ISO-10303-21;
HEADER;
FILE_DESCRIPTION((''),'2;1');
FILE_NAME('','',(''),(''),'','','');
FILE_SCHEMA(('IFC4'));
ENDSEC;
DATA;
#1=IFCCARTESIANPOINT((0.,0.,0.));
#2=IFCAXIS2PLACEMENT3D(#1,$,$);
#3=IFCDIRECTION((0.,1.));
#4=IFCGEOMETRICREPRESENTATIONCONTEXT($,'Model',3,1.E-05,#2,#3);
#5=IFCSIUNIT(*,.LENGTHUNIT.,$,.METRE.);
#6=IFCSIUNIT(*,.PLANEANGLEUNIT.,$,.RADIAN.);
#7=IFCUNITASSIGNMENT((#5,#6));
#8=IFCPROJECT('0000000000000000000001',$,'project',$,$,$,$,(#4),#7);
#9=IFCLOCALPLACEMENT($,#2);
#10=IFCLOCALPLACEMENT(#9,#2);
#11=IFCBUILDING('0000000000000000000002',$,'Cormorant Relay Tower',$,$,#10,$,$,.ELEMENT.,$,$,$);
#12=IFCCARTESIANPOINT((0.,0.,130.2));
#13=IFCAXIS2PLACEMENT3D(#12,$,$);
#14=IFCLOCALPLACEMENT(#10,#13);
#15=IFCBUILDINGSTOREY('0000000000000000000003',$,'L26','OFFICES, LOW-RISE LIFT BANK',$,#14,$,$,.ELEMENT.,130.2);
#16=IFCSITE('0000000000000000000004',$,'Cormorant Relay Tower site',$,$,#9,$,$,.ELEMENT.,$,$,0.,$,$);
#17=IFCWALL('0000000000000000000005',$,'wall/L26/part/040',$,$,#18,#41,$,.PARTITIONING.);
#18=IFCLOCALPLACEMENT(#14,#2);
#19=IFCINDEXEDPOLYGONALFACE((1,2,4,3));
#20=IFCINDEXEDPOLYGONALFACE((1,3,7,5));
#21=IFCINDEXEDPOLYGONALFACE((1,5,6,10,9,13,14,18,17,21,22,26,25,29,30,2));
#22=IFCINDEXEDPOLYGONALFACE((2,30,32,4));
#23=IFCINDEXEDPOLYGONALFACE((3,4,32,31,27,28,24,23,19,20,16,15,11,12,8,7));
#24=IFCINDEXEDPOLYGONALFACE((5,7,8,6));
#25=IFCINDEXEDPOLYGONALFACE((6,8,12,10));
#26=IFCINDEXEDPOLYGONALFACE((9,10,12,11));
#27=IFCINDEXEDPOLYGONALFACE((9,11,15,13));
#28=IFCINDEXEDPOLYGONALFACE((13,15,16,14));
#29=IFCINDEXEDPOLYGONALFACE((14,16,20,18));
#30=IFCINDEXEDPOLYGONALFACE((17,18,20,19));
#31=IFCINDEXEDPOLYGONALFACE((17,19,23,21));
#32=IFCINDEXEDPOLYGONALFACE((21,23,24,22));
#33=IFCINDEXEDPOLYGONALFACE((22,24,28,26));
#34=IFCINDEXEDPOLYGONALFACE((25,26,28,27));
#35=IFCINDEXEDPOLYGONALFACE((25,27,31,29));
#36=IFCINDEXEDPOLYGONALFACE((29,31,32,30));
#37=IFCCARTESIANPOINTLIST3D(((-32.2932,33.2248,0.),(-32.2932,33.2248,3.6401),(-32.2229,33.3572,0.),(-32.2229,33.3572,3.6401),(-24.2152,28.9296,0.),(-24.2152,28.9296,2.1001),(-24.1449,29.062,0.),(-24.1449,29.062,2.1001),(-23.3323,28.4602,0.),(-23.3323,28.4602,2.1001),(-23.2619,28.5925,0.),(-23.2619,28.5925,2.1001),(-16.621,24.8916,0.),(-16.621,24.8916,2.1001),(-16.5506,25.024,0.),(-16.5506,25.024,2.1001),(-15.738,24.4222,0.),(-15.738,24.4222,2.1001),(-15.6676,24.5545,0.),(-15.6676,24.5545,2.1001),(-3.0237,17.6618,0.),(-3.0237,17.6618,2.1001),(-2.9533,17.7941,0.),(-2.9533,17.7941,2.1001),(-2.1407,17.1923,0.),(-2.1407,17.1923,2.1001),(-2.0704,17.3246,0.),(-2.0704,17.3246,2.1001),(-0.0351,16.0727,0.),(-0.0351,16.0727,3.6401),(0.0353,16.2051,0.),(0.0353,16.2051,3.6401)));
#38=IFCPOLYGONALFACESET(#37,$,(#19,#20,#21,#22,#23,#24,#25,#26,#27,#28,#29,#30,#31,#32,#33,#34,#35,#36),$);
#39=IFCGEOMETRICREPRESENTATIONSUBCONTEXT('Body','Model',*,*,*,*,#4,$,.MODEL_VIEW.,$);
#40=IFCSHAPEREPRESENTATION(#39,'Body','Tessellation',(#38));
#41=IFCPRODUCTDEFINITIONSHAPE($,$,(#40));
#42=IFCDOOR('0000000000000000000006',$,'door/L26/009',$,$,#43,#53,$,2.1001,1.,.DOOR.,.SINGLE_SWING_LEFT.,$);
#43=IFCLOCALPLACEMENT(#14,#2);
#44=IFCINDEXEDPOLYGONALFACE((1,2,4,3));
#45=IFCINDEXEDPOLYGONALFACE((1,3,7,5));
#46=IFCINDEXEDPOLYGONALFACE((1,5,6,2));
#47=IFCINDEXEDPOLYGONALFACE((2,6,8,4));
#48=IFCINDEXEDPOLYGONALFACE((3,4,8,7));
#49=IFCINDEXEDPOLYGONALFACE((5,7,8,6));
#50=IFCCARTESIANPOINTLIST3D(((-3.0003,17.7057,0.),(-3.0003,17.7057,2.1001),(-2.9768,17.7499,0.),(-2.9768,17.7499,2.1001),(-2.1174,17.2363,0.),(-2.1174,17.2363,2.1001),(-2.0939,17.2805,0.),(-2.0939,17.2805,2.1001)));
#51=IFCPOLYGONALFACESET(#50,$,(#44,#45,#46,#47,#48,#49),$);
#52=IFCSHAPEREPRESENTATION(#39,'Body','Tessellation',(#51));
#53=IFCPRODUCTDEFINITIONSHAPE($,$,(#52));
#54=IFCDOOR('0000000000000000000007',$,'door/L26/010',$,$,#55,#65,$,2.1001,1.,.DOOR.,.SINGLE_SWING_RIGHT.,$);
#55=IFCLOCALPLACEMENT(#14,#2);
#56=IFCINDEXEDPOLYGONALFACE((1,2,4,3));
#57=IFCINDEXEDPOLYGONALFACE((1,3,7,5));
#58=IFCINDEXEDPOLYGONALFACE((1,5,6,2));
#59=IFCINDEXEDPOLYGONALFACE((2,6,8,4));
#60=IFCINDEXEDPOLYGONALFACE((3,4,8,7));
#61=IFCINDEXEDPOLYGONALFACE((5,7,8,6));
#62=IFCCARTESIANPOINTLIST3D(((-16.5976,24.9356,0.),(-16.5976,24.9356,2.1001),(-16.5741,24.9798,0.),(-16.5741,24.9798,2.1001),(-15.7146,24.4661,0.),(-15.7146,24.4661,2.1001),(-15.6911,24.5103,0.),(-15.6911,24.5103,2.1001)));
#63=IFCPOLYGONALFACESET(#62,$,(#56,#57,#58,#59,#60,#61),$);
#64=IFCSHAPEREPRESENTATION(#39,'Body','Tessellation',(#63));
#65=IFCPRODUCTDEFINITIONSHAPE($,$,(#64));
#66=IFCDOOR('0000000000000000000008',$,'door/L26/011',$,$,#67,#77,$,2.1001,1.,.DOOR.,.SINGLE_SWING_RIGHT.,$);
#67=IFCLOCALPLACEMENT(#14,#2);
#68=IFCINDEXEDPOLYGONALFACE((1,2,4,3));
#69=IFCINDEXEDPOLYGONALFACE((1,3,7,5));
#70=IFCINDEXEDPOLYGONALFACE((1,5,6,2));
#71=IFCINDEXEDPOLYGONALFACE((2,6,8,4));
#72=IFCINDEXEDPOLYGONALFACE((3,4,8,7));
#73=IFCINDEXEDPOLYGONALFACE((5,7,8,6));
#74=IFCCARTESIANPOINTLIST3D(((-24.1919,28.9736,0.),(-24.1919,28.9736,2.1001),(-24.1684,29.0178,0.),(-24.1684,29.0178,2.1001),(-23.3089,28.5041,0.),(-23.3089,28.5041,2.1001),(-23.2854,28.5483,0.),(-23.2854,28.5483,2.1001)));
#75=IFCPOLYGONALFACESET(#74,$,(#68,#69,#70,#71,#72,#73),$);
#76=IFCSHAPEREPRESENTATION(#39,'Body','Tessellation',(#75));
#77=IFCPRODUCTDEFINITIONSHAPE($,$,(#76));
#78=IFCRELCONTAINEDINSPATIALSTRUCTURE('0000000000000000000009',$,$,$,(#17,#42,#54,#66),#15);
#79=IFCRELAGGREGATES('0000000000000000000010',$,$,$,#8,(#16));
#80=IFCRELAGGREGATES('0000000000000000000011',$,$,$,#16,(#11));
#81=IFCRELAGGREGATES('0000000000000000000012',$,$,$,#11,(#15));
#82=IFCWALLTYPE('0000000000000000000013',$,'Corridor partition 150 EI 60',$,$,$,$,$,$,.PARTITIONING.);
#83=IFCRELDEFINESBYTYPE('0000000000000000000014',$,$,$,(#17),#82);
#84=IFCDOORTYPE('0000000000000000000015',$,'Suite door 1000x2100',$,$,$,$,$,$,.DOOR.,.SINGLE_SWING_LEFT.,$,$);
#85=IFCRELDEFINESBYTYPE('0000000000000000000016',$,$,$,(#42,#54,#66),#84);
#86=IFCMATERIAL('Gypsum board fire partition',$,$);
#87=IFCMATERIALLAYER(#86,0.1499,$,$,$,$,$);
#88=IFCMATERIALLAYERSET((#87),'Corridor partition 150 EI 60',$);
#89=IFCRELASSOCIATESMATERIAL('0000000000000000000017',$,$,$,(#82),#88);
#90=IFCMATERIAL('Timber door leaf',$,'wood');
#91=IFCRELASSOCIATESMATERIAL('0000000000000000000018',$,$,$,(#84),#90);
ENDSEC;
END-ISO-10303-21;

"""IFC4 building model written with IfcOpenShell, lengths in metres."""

from ifc_helpers import new_model, si_unit, direction, frame, frame_2d, origin, place, context, subcontext, project, spatial, rectangle, extrude, material, layer, layer_set, type_object, element, fill, save


model = new_model("IFC4")

# Units and contexts
model_context = context("Model", 3, precision=1e-05, world=origin(), true_north=direction((0.0, 1.0)))
body_context = subcontext(model_context, "Body", "Model", "MODEL_VIEW")
ifc_project = project(units=[si_unit("LENGTHUNIT", "METRE"), si_unit("PLANEANGLEUNIT", "RADIAN")], contexts=[model_context])

# Site, building, storey
site_placement = place(None, origin())
site = spatial("IfcSite", under=ifc_project, at=site_placement, Name="Cormorant Relay Tower site", CompositionType="ELEMENT", RefElevation=0.0)
building_placement = place(site_placement, origin())
building = spatial("IfcBuilding", under=site, at=building_placement, Name="Cormorant Relay Tower", CompositionType="ELEMENT")
storey_placement = place(building_placement, frame((0.0, 0.0, 130.2)))
storey = spatial("IfcBuildingStorey", under=building, at=storey_placement, Name="L26", Description="OFFICES, LOW-RISE LIFT BANK", CompositionType="ELEMENT", Elevation=130.2)

# Shared definitions
ifc_material_1 = material(Name="Gypsum board fire partition")
ifc_layer_1 = layer(ifc_material_1, 0.1499)
ifc_layer_set_1 = layer_set([ifc_layer_1], Name="Corridor partition 150 EI 60")
wall_type_1 = type_object("IfcWallType", Name="Corridor partition 150 EI 60", PredefinedType="PARTITIONING", material=ifc_layer_set_1)

# Wall, openings, doors
wall_1_placement = place(storey_placement, frame((-32.2581, 33.291, 0.0), z_axis=(0.0, 0.0, 1.0), x_axis=(0.882945, -0.469476, 0.0)))
wall_1 = element("IfcWall", 1, at=wall_1_placement, inside=storey, type_object=wall_type_1, Name="wall/L26/part/040", PredefinedType="PARTITIONING", context=body_context, shape_type="SweptSolid", body=[
    extrude(rectangle(XDim=36.5347, YDim=0.1499, at=frame_2d((18.2673, 0.0))), origin(), (0.0, 0.0, 1.0), 3.6401),
])
opening_1_placement = place(wall_1_placement, frame((33.1499, 0.0, 0.0)))
opening_1 = element("IfcOpeningElement", 2, at=opening_1_placement, cuts=wall_1, PredefinedType="OPENING", context=body_context, shape_type="SweptSolid", body=[
    extrude(rectangle(XDim=1.0, YDim=2.1001, at=frame_2d((0.5, 1.05))), frame((0.0, 0.085, 0.0), z_axis=(0.0, -1.0, 0.0), x_axis=(1.0, 0.0, 0.0)), (0.0, 0.0, 1.0), 0.1699),
])
opening_2_placement = place(wall_1_placement, frame((17.75, 0.0, 0.0)))
opening_2 = element("IfcOpeningElement", 3, at=opening_2_placement, cuts=wall_1, PredefinedType="OPENING", context=body_context, shape_type="SweptSolid", body=[
    extrude(rectangle(XDim=1.0, YDim=2.1001, at=frame_2d((0.5, 1.05))), frame((0.0, 0.085, 0.0), z_axis=(0.0, -1.0, 0.0), x_axis=(1.0, 0.0, 0.0)), (0.0, 0.0, 1.0), 0.1699),
])
opening_3_placement = place(wall_1_placement, frame((9.1489, 0.0, 0.0)))
opening_3 = element("IfcOpeningElement", 4, at=opening_3_placement, cuts=wall_1, PredefinedType="OPENING", context=body_context, shape_type="SweptSolid", body=[
    extrude(rectangle(XDim=1.0, YDim=2.1001, at=frame_2d((0.5, 1.05))), frame((0.0, 0.085, 0.0), z_axis=(0.0, -1.0, 0.0), x_axis=(1.0, 0.0, 0.0)), (0.0, 0.0, 1.0), 0.1699),
])
ifc_material_2 = material(Name="Timber door leaf", Category="wood")
door_type_1 = type_object("IfcDoorType", Name="Suite door 1000x2100", OperationType="SINGLE_SWING_LEFT", PredefinedType="DOOR", material=ifc_material_2)
door_1_placement = place(opening_1_placement, origin())
door_1 = element("IfcDoor", 5, at=door_1_placement, inside=storey, type_object=door_type_1, Name="door/L26/009", OperationType="SINGLE_SWING_LEFT", OverallHeight=2.1001, OverallWidth=1.0, PredefinedType="DOOR", context=body_context, shape_type="SweptSolid", body=[
    extrude(rectangle(XDim=1.0, YDim=2.1001, at=frame_2d((0.5, 1.05))), frame((0.0, 0.0249, 0.0), z_axis=(0.0, -1.0, 0.0), x_axis=(1.0, 0.0, 0.0)), (0.0, 0.0, 1.0), 0.05),
])
fill(opening_1, door_1)
door_2_placement = place(opening_2_placement, origin())
door_2 = element("IfcDoor", 6, at=door_2_placement, inside=storey, type_object=door_type_1, Name="door/L26/010", OperationType="SINGLE_SWING_RIGHT", OverallHeight=2.1001, OverallWidth=1.0, PredefinedType="DOOR", context=body_context, shape_type="SweptSolid", body=[
    extrude(rectangle(XDim=1.0, YDim=2.1001, at=frame_2d((0.5, 1.05))), frame((0.0, 0.0249, 0.0), z_axis=(0.0, -1.0, 0.0), x_axis=(1.0, 0.0, 0.0)), (0.0, 0.0, 1.0), 0.05),
])
fill(opening_2, door_2)
door_3_placement = place(opening_3_placement, origin())
door_3 = element("IfcDoor", 7, at=door_3_placement, inside=storey, type_object=door_type_1, Name="door/L26/011", OperationType="SINGLE_SWING_RIGHT", OverallHeight=2.1001, OverallWidth=1.0, PredefinedType="DOOR", context=body_context, shape_type="SweptSolid", body=[
    extrude(rectangle(XDim=1.0, YDim=2.1001, at=frame_2d((0.5, 1.05))), frame((0.0, 0.0249, 0.0), z_axis=(0.0, -1.0, 0.0), x_axis=(1.0, 0.0, 0.0)), (0.0, 0.0, 1.0), 0.05),
])
fill(opening_3, door_3)

save(model, "model.ifc")
